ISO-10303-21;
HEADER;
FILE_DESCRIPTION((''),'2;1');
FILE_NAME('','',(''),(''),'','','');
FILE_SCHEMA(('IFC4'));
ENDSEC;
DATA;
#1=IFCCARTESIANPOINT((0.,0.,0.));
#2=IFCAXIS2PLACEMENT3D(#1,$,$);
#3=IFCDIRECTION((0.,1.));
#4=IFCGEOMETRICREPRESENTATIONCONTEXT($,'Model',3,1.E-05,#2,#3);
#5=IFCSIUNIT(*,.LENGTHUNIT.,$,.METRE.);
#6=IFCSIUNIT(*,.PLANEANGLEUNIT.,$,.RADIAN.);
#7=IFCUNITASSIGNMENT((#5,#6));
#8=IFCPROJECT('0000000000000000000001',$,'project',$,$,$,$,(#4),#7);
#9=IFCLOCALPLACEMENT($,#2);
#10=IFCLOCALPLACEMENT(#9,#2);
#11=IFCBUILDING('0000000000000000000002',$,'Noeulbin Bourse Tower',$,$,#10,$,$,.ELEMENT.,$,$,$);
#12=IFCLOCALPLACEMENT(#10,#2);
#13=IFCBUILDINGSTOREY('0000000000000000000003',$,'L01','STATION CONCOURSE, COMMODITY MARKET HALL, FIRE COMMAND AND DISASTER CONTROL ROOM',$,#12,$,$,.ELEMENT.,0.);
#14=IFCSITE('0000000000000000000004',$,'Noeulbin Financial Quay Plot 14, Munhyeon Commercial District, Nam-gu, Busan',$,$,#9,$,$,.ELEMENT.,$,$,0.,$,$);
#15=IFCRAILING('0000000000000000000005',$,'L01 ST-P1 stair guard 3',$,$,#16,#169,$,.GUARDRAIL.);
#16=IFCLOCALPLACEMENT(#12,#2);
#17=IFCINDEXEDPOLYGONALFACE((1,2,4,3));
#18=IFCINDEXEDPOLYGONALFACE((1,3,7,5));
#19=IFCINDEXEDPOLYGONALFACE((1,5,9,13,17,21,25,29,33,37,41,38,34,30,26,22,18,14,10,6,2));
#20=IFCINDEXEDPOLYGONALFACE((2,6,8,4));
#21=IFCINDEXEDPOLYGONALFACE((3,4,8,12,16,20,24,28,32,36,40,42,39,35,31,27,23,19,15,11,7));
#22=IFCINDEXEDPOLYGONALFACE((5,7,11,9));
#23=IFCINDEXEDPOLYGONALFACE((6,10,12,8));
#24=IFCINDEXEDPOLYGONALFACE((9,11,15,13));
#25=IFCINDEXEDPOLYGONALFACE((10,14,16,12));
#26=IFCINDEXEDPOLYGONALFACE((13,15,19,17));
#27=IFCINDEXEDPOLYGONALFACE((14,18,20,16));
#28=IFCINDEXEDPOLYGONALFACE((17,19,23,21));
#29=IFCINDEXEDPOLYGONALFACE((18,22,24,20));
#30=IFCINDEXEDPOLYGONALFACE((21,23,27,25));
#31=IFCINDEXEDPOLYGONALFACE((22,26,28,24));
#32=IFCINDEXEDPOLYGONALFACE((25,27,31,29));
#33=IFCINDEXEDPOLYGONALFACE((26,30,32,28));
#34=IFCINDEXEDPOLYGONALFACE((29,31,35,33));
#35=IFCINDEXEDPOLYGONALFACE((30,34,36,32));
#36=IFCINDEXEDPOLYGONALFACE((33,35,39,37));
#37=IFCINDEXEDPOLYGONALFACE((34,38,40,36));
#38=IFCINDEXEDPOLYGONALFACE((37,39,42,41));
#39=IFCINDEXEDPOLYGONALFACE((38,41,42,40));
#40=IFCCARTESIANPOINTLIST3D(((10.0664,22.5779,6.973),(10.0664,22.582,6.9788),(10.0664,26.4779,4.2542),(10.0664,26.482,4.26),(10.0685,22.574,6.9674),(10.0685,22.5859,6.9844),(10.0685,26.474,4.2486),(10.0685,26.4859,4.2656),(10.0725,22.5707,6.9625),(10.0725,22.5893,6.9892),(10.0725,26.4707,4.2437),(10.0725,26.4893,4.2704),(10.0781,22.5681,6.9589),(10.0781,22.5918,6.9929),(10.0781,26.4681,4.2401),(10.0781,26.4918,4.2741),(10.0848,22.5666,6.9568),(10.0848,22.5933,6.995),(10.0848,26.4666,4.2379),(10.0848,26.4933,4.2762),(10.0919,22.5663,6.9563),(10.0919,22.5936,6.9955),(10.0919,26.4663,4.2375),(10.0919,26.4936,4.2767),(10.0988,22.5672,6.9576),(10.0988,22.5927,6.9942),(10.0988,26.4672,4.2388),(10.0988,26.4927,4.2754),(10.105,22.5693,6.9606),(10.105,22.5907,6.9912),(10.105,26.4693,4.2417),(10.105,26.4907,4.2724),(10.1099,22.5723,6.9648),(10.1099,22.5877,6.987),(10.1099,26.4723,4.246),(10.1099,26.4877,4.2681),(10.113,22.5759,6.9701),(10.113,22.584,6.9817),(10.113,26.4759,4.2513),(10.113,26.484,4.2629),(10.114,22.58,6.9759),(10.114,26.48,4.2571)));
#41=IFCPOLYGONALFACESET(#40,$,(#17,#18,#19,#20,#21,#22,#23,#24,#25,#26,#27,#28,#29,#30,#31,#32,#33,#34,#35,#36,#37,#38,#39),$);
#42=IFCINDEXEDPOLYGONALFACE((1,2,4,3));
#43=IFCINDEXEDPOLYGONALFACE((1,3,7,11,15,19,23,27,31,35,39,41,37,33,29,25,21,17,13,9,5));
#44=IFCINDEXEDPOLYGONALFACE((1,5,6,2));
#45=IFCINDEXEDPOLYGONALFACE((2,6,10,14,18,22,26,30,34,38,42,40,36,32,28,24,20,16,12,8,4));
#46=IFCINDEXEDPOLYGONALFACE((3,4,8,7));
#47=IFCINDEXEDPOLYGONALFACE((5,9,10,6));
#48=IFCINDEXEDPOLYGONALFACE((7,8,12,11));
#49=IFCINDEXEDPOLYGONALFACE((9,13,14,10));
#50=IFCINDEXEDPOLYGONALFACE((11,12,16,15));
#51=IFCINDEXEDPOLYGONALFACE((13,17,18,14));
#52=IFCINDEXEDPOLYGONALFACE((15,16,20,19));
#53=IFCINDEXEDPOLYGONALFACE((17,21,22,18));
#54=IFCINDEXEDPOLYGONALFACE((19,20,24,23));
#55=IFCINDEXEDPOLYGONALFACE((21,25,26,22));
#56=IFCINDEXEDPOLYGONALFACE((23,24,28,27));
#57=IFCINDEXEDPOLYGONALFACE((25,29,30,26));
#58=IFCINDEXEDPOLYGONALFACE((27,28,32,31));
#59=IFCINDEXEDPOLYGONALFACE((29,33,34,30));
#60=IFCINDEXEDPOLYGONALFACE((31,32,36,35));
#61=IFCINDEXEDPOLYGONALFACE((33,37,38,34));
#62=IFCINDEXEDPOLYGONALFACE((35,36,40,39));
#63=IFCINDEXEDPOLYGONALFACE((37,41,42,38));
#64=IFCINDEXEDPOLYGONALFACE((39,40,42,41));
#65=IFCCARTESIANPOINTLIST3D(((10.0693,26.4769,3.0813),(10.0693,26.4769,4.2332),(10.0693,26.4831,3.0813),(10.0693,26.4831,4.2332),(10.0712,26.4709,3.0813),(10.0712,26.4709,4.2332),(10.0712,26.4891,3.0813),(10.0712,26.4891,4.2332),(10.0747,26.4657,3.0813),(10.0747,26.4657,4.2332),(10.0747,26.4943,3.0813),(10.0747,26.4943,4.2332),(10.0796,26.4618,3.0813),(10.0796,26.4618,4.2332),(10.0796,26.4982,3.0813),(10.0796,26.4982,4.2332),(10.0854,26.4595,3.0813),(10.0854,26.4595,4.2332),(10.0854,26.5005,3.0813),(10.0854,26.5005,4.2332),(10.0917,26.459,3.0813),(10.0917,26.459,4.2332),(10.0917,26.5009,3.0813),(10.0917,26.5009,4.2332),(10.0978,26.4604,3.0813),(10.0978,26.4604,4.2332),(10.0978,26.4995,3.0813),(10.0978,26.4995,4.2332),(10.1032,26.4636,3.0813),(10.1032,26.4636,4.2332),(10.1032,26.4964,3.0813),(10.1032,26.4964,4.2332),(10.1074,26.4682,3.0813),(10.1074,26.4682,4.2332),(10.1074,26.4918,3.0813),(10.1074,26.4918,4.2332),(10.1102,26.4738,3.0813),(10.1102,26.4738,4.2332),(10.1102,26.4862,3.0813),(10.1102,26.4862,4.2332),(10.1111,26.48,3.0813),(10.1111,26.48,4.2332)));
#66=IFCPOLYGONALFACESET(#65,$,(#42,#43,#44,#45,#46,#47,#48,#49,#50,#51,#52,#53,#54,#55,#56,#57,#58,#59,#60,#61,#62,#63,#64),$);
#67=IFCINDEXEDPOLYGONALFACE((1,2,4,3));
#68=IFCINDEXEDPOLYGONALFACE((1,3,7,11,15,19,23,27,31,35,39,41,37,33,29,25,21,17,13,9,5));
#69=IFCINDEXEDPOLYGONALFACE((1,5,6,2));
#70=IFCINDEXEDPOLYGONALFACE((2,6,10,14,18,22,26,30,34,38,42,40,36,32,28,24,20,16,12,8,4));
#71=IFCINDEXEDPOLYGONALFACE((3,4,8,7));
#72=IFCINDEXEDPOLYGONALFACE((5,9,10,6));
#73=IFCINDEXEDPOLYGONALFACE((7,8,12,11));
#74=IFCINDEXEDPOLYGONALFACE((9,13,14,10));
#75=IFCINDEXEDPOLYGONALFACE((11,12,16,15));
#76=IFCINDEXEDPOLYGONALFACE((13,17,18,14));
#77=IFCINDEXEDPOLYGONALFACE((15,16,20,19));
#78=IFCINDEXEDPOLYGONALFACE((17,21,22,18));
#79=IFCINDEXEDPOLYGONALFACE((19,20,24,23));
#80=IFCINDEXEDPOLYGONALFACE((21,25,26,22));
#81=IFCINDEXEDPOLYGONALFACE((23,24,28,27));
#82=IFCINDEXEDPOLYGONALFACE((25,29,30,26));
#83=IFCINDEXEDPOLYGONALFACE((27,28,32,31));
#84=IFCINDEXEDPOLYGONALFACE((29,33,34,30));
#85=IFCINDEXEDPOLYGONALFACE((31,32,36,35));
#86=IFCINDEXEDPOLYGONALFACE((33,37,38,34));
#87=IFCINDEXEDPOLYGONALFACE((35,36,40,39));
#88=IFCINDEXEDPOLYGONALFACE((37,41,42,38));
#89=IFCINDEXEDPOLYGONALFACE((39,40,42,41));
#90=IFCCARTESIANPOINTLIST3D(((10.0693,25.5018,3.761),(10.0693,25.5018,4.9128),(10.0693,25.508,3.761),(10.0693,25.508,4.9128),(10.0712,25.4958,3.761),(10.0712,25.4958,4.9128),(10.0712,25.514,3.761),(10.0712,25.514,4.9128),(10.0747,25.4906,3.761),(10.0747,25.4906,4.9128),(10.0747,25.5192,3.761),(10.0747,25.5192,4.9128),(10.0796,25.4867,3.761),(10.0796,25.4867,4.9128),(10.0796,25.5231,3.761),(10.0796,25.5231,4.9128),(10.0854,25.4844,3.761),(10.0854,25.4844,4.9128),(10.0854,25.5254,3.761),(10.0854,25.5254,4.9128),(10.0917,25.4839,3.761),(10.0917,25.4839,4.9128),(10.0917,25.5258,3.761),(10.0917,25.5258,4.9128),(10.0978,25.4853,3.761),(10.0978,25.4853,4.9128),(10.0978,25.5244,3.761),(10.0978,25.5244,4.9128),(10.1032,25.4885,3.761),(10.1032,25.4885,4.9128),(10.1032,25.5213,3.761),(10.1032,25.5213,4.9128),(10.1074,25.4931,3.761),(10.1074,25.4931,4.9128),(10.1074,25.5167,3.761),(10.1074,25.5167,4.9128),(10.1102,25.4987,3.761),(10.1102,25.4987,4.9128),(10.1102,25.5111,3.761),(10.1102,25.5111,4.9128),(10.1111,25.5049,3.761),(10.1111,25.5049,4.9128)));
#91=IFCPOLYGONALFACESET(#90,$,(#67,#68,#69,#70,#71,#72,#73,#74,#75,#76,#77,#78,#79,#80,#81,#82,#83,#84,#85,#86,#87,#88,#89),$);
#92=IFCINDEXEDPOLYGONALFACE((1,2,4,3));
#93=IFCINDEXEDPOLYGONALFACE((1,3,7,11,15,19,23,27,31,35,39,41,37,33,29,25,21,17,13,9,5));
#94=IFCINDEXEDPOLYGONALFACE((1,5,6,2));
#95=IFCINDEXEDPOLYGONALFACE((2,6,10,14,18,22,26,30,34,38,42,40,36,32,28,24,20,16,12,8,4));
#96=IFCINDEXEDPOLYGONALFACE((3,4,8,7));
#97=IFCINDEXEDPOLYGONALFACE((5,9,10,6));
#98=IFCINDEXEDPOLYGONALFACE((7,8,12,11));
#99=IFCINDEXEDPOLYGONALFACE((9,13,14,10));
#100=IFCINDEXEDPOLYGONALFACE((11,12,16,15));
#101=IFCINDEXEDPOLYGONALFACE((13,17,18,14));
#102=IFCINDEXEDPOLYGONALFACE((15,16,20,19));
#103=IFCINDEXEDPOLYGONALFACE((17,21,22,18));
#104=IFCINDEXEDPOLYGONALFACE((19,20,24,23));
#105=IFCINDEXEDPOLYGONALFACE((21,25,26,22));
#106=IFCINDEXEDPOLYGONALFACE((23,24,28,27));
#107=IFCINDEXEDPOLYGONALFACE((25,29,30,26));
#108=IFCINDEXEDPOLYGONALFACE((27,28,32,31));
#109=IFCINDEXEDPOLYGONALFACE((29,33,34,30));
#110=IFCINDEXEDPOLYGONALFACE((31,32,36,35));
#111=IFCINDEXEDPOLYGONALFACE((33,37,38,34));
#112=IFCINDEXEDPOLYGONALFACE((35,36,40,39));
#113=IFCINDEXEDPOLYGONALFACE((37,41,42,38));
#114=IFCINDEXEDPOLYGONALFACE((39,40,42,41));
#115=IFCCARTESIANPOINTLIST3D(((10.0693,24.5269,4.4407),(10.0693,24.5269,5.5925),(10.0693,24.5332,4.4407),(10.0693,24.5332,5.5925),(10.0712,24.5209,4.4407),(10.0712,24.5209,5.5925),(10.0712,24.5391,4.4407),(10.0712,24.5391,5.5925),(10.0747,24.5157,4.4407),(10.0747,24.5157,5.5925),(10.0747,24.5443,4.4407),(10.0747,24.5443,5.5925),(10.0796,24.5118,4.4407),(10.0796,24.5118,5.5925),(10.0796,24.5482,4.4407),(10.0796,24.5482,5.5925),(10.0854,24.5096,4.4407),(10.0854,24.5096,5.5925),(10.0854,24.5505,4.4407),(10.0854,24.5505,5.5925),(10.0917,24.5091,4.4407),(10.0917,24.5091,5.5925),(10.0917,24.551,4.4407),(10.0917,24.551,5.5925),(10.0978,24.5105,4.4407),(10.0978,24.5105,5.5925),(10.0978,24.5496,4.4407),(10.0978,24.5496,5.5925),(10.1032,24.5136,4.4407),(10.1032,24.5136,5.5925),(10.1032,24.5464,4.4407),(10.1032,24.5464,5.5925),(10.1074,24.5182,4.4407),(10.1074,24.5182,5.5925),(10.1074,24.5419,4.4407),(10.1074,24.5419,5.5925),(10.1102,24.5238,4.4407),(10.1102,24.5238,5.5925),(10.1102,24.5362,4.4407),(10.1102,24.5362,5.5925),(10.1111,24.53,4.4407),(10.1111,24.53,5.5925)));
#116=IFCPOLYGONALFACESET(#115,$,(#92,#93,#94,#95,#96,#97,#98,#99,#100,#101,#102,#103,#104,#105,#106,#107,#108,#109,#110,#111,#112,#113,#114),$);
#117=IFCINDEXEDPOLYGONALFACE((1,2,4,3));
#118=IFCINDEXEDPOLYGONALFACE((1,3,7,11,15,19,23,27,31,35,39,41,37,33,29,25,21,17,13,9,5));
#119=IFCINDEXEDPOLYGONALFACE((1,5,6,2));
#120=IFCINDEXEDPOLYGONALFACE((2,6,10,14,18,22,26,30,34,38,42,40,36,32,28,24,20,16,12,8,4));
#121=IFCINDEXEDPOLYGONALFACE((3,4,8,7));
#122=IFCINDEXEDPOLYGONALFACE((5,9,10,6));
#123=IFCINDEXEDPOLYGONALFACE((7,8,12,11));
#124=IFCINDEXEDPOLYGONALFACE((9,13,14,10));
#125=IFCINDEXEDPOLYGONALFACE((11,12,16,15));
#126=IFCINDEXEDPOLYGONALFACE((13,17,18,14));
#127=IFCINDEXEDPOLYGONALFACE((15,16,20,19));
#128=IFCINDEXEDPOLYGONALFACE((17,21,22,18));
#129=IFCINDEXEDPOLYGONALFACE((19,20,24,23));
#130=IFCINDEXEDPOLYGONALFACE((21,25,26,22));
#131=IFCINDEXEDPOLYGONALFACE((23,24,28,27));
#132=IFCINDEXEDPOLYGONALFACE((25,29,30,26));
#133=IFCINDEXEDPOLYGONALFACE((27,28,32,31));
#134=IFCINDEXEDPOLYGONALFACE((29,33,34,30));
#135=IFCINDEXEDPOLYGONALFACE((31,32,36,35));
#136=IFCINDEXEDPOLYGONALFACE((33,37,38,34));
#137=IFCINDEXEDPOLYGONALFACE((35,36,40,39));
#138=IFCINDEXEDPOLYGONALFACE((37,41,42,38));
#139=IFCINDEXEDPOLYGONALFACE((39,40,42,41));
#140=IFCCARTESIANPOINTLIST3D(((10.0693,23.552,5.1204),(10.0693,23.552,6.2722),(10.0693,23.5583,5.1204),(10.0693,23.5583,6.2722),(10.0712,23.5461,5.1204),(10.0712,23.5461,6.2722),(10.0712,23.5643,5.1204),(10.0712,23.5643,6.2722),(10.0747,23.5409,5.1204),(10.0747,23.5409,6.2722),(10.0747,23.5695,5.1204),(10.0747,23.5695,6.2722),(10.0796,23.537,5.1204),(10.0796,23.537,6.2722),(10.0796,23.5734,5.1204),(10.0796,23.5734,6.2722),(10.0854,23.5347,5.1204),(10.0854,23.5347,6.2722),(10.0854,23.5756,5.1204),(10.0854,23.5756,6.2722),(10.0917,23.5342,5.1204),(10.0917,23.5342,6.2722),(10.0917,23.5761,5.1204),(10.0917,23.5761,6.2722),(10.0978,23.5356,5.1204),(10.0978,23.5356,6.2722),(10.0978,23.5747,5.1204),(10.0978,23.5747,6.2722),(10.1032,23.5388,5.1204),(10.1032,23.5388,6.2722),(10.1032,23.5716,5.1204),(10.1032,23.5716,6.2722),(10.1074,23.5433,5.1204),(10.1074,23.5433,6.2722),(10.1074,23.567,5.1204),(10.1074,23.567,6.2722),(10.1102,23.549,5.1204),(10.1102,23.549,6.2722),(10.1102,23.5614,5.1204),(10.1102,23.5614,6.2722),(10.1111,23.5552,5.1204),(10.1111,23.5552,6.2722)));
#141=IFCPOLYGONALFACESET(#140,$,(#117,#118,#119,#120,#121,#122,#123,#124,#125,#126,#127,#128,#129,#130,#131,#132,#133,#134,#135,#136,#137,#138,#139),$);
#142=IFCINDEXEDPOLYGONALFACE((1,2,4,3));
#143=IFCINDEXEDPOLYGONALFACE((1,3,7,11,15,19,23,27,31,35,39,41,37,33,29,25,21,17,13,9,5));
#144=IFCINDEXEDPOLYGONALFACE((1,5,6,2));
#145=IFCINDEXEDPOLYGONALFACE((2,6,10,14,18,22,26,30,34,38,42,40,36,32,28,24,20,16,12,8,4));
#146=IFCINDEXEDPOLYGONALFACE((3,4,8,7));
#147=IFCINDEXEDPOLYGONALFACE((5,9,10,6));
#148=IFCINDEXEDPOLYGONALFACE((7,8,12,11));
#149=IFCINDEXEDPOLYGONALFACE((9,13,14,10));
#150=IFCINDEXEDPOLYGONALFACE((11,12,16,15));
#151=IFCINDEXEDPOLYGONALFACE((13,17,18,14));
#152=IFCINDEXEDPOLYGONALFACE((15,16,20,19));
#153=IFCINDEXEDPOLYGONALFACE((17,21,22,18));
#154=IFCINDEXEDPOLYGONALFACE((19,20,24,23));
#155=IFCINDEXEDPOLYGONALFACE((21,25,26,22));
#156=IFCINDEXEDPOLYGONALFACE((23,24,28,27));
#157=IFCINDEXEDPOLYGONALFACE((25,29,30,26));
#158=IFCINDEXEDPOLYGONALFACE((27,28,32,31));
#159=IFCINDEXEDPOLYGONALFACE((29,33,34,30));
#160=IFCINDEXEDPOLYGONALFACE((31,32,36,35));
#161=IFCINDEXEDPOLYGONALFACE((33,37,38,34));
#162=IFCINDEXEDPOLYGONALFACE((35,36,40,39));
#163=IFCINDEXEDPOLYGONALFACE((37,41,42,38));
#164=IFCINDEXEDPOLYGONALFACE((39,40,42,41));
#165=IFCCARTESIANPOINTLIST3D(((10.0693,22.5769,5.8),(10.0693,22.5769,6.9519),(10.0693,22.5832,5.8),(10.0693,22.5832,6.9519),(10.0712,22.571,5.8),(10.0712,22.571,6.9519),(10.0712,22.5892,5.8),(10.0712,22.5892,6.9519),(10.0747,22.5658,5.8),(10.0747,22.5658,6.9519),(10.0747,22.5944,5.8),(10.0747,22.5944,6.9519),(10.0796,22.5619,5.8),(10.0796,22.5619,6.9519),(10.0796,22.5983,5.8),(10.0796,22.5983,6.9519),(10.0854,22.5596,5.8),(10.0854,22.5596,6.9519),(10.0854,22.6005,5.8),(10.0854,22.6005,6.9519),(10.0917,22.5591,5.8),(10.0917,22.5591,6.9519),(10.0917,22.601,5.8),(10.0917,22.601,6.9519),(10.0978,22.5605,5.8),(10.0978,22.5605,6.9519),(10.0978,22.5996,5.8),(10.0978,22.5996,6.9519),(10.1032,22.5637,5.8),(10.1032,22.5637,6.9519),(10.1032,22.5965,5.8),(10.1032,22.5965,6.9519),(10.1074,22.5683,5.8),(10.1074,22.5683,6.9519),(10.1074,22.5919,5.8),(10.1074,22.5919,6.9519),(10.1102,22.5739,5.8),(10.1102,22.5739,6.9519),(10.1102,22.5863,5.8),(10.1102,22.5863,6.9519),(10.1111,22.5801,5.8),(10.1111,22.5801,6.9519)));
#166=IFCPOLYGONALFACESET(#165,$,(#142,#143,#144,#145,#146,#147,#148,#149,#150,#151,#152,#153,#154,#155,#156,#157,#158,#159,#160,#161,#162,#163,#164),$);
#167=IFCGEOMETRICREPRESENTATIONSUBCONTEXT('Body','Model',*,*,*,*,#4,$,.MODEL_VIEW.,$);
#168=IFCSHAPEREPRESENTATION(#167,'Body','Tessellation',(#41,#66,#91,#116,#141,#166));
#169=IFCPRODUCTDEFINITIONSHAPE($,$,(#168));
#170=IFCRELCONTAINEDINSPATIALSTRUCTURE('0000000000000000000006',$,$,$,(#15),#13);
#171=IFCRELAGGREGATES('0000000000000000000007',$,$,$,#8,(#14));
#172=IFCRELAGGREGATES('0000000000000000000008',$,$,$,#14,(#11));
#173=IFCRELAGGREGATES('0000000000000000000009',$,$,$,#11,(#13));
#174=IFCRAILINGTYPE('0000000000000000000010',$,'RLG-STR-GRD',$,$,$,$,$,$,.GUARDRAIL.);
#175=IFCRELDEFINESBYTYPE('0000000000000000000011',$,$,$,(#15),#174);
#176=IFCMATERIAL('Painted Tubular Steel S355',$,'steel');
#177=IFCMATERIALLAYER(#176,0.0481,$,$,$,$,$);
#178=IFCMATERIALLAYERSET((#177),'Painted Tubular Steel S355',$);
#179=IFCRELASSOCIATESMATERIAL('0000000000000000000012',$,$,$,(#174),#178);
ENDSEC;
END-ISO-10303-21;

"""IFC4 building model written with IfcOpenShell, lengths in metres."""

from ifc_helpers import new_model, si_unit, direction, frame, origin, origin_2d, place, context, subcontext, project, spatial, circle, extrude, material, layer, layer_set, type_object, element, save


model = new_model("IFC4")

# Units and contexts
model_context = context("Model", 3, precision=1e-05, world=origin(), true_north=direction((0.0, 1.0)))
body_context = subcontext(model_context, "Body", "Model", "MODEL_VIEW")
ifc_project = project(units=[si_unit("LENGTHUNIT", "METRE"), si_unit("PLANEANGLEUNIT", "RADIAN")], contexts=[model_context])

# Site, building, storey
site_placement = place(None, origin())
site = spatial("IfcSite", under=ifc_project, at=site_placement, Name="Noeulbin Financial Quay Plot 14, Munhyeon Commercial District, Nam-gu, Busan", CompositionType="ELEMENT", RefElevation=0.0)
building_placement = place(site_placement, origin())
building = spatial("IfcBuilding", under=site, at=building_placement, Name="Noeulbin Bourse Tower", CompositionType="ELEMENT")
storey_placement = place(building_placement, origin())
storey = spatial("IfcBuildingStorey", under=building, at=storey_placement, Name="L01", Description="STATION CONCOURSE, COMMODITY MARKET HALL, FIRE COMMAND AND DISASTER CONTROL ROOM", CompositionType="ELEMENT", Elevation=0.0)

# Railing
ifc_material_1 = material(Name="Painted Tubular Steel S355", Category="steel")
ifc_layer_1 = layer(ifc_material_1, 0.0481)
ifc_layer_set_1 = layer_set([ifc_layer_1], Name="Painted Tubular Steel S355")
railing_type_1 = type_object("IfcRailingType", Name="RLG-STR-GRD", PredefinedType="GUARDRAIL", material=ifc_layer_set_1)
railing_1_placement = place(storey_placement, frame((10.0901, 26.48, 3.0813)))
element("IfcRailing", 1, at=railing_1_placement, inside=storey, type_object=railing_type_1, Name="L01 ST-P1 stair guard 3", PredefinedType="GUARDRAIL", context=body_context, shape_type="SweptSolid", body=[
    extrude(circle(Radius=0.0239, at=origin_2d()), frame((0.0, 0.0, 1.1758), z_axis=(0.0, -0.820335, 0.571883), x_axis=(1.0, 0.0, 0.0)), (0.0, 0.0, 1.0), 4.7542),
    extrude(circle(Radius=0.021, at=origin_2d()), origin(), (0.0, 0.0, 1.0), 1.1519),
    extrude(circle(Radius=0.021, at=origin_2d()), frame((0.0, -0.9751, 0.6797)), (0.0, 0.0, 1.0), 1.1519),
    extrude(circle(Radius=0.021, at=origin_2d()), frame((0.0, -1.95, 1.3594)), (0.0, 0.0, 1.0), 1.1519),
    extrude(circle(Radius=0.021, at=origin_2d()), frame((0.0, -2.9248, 2.0391)), (0.0, 0.0, 1.0), 1.1519),
    extrude(circle(Radius=0.021, at=origin_2d()), frame((0.0, -3.8999, 2.7188)), (0.0, 0.0, 1.0), 1.1519),
])

save(model, "model.ifc")
